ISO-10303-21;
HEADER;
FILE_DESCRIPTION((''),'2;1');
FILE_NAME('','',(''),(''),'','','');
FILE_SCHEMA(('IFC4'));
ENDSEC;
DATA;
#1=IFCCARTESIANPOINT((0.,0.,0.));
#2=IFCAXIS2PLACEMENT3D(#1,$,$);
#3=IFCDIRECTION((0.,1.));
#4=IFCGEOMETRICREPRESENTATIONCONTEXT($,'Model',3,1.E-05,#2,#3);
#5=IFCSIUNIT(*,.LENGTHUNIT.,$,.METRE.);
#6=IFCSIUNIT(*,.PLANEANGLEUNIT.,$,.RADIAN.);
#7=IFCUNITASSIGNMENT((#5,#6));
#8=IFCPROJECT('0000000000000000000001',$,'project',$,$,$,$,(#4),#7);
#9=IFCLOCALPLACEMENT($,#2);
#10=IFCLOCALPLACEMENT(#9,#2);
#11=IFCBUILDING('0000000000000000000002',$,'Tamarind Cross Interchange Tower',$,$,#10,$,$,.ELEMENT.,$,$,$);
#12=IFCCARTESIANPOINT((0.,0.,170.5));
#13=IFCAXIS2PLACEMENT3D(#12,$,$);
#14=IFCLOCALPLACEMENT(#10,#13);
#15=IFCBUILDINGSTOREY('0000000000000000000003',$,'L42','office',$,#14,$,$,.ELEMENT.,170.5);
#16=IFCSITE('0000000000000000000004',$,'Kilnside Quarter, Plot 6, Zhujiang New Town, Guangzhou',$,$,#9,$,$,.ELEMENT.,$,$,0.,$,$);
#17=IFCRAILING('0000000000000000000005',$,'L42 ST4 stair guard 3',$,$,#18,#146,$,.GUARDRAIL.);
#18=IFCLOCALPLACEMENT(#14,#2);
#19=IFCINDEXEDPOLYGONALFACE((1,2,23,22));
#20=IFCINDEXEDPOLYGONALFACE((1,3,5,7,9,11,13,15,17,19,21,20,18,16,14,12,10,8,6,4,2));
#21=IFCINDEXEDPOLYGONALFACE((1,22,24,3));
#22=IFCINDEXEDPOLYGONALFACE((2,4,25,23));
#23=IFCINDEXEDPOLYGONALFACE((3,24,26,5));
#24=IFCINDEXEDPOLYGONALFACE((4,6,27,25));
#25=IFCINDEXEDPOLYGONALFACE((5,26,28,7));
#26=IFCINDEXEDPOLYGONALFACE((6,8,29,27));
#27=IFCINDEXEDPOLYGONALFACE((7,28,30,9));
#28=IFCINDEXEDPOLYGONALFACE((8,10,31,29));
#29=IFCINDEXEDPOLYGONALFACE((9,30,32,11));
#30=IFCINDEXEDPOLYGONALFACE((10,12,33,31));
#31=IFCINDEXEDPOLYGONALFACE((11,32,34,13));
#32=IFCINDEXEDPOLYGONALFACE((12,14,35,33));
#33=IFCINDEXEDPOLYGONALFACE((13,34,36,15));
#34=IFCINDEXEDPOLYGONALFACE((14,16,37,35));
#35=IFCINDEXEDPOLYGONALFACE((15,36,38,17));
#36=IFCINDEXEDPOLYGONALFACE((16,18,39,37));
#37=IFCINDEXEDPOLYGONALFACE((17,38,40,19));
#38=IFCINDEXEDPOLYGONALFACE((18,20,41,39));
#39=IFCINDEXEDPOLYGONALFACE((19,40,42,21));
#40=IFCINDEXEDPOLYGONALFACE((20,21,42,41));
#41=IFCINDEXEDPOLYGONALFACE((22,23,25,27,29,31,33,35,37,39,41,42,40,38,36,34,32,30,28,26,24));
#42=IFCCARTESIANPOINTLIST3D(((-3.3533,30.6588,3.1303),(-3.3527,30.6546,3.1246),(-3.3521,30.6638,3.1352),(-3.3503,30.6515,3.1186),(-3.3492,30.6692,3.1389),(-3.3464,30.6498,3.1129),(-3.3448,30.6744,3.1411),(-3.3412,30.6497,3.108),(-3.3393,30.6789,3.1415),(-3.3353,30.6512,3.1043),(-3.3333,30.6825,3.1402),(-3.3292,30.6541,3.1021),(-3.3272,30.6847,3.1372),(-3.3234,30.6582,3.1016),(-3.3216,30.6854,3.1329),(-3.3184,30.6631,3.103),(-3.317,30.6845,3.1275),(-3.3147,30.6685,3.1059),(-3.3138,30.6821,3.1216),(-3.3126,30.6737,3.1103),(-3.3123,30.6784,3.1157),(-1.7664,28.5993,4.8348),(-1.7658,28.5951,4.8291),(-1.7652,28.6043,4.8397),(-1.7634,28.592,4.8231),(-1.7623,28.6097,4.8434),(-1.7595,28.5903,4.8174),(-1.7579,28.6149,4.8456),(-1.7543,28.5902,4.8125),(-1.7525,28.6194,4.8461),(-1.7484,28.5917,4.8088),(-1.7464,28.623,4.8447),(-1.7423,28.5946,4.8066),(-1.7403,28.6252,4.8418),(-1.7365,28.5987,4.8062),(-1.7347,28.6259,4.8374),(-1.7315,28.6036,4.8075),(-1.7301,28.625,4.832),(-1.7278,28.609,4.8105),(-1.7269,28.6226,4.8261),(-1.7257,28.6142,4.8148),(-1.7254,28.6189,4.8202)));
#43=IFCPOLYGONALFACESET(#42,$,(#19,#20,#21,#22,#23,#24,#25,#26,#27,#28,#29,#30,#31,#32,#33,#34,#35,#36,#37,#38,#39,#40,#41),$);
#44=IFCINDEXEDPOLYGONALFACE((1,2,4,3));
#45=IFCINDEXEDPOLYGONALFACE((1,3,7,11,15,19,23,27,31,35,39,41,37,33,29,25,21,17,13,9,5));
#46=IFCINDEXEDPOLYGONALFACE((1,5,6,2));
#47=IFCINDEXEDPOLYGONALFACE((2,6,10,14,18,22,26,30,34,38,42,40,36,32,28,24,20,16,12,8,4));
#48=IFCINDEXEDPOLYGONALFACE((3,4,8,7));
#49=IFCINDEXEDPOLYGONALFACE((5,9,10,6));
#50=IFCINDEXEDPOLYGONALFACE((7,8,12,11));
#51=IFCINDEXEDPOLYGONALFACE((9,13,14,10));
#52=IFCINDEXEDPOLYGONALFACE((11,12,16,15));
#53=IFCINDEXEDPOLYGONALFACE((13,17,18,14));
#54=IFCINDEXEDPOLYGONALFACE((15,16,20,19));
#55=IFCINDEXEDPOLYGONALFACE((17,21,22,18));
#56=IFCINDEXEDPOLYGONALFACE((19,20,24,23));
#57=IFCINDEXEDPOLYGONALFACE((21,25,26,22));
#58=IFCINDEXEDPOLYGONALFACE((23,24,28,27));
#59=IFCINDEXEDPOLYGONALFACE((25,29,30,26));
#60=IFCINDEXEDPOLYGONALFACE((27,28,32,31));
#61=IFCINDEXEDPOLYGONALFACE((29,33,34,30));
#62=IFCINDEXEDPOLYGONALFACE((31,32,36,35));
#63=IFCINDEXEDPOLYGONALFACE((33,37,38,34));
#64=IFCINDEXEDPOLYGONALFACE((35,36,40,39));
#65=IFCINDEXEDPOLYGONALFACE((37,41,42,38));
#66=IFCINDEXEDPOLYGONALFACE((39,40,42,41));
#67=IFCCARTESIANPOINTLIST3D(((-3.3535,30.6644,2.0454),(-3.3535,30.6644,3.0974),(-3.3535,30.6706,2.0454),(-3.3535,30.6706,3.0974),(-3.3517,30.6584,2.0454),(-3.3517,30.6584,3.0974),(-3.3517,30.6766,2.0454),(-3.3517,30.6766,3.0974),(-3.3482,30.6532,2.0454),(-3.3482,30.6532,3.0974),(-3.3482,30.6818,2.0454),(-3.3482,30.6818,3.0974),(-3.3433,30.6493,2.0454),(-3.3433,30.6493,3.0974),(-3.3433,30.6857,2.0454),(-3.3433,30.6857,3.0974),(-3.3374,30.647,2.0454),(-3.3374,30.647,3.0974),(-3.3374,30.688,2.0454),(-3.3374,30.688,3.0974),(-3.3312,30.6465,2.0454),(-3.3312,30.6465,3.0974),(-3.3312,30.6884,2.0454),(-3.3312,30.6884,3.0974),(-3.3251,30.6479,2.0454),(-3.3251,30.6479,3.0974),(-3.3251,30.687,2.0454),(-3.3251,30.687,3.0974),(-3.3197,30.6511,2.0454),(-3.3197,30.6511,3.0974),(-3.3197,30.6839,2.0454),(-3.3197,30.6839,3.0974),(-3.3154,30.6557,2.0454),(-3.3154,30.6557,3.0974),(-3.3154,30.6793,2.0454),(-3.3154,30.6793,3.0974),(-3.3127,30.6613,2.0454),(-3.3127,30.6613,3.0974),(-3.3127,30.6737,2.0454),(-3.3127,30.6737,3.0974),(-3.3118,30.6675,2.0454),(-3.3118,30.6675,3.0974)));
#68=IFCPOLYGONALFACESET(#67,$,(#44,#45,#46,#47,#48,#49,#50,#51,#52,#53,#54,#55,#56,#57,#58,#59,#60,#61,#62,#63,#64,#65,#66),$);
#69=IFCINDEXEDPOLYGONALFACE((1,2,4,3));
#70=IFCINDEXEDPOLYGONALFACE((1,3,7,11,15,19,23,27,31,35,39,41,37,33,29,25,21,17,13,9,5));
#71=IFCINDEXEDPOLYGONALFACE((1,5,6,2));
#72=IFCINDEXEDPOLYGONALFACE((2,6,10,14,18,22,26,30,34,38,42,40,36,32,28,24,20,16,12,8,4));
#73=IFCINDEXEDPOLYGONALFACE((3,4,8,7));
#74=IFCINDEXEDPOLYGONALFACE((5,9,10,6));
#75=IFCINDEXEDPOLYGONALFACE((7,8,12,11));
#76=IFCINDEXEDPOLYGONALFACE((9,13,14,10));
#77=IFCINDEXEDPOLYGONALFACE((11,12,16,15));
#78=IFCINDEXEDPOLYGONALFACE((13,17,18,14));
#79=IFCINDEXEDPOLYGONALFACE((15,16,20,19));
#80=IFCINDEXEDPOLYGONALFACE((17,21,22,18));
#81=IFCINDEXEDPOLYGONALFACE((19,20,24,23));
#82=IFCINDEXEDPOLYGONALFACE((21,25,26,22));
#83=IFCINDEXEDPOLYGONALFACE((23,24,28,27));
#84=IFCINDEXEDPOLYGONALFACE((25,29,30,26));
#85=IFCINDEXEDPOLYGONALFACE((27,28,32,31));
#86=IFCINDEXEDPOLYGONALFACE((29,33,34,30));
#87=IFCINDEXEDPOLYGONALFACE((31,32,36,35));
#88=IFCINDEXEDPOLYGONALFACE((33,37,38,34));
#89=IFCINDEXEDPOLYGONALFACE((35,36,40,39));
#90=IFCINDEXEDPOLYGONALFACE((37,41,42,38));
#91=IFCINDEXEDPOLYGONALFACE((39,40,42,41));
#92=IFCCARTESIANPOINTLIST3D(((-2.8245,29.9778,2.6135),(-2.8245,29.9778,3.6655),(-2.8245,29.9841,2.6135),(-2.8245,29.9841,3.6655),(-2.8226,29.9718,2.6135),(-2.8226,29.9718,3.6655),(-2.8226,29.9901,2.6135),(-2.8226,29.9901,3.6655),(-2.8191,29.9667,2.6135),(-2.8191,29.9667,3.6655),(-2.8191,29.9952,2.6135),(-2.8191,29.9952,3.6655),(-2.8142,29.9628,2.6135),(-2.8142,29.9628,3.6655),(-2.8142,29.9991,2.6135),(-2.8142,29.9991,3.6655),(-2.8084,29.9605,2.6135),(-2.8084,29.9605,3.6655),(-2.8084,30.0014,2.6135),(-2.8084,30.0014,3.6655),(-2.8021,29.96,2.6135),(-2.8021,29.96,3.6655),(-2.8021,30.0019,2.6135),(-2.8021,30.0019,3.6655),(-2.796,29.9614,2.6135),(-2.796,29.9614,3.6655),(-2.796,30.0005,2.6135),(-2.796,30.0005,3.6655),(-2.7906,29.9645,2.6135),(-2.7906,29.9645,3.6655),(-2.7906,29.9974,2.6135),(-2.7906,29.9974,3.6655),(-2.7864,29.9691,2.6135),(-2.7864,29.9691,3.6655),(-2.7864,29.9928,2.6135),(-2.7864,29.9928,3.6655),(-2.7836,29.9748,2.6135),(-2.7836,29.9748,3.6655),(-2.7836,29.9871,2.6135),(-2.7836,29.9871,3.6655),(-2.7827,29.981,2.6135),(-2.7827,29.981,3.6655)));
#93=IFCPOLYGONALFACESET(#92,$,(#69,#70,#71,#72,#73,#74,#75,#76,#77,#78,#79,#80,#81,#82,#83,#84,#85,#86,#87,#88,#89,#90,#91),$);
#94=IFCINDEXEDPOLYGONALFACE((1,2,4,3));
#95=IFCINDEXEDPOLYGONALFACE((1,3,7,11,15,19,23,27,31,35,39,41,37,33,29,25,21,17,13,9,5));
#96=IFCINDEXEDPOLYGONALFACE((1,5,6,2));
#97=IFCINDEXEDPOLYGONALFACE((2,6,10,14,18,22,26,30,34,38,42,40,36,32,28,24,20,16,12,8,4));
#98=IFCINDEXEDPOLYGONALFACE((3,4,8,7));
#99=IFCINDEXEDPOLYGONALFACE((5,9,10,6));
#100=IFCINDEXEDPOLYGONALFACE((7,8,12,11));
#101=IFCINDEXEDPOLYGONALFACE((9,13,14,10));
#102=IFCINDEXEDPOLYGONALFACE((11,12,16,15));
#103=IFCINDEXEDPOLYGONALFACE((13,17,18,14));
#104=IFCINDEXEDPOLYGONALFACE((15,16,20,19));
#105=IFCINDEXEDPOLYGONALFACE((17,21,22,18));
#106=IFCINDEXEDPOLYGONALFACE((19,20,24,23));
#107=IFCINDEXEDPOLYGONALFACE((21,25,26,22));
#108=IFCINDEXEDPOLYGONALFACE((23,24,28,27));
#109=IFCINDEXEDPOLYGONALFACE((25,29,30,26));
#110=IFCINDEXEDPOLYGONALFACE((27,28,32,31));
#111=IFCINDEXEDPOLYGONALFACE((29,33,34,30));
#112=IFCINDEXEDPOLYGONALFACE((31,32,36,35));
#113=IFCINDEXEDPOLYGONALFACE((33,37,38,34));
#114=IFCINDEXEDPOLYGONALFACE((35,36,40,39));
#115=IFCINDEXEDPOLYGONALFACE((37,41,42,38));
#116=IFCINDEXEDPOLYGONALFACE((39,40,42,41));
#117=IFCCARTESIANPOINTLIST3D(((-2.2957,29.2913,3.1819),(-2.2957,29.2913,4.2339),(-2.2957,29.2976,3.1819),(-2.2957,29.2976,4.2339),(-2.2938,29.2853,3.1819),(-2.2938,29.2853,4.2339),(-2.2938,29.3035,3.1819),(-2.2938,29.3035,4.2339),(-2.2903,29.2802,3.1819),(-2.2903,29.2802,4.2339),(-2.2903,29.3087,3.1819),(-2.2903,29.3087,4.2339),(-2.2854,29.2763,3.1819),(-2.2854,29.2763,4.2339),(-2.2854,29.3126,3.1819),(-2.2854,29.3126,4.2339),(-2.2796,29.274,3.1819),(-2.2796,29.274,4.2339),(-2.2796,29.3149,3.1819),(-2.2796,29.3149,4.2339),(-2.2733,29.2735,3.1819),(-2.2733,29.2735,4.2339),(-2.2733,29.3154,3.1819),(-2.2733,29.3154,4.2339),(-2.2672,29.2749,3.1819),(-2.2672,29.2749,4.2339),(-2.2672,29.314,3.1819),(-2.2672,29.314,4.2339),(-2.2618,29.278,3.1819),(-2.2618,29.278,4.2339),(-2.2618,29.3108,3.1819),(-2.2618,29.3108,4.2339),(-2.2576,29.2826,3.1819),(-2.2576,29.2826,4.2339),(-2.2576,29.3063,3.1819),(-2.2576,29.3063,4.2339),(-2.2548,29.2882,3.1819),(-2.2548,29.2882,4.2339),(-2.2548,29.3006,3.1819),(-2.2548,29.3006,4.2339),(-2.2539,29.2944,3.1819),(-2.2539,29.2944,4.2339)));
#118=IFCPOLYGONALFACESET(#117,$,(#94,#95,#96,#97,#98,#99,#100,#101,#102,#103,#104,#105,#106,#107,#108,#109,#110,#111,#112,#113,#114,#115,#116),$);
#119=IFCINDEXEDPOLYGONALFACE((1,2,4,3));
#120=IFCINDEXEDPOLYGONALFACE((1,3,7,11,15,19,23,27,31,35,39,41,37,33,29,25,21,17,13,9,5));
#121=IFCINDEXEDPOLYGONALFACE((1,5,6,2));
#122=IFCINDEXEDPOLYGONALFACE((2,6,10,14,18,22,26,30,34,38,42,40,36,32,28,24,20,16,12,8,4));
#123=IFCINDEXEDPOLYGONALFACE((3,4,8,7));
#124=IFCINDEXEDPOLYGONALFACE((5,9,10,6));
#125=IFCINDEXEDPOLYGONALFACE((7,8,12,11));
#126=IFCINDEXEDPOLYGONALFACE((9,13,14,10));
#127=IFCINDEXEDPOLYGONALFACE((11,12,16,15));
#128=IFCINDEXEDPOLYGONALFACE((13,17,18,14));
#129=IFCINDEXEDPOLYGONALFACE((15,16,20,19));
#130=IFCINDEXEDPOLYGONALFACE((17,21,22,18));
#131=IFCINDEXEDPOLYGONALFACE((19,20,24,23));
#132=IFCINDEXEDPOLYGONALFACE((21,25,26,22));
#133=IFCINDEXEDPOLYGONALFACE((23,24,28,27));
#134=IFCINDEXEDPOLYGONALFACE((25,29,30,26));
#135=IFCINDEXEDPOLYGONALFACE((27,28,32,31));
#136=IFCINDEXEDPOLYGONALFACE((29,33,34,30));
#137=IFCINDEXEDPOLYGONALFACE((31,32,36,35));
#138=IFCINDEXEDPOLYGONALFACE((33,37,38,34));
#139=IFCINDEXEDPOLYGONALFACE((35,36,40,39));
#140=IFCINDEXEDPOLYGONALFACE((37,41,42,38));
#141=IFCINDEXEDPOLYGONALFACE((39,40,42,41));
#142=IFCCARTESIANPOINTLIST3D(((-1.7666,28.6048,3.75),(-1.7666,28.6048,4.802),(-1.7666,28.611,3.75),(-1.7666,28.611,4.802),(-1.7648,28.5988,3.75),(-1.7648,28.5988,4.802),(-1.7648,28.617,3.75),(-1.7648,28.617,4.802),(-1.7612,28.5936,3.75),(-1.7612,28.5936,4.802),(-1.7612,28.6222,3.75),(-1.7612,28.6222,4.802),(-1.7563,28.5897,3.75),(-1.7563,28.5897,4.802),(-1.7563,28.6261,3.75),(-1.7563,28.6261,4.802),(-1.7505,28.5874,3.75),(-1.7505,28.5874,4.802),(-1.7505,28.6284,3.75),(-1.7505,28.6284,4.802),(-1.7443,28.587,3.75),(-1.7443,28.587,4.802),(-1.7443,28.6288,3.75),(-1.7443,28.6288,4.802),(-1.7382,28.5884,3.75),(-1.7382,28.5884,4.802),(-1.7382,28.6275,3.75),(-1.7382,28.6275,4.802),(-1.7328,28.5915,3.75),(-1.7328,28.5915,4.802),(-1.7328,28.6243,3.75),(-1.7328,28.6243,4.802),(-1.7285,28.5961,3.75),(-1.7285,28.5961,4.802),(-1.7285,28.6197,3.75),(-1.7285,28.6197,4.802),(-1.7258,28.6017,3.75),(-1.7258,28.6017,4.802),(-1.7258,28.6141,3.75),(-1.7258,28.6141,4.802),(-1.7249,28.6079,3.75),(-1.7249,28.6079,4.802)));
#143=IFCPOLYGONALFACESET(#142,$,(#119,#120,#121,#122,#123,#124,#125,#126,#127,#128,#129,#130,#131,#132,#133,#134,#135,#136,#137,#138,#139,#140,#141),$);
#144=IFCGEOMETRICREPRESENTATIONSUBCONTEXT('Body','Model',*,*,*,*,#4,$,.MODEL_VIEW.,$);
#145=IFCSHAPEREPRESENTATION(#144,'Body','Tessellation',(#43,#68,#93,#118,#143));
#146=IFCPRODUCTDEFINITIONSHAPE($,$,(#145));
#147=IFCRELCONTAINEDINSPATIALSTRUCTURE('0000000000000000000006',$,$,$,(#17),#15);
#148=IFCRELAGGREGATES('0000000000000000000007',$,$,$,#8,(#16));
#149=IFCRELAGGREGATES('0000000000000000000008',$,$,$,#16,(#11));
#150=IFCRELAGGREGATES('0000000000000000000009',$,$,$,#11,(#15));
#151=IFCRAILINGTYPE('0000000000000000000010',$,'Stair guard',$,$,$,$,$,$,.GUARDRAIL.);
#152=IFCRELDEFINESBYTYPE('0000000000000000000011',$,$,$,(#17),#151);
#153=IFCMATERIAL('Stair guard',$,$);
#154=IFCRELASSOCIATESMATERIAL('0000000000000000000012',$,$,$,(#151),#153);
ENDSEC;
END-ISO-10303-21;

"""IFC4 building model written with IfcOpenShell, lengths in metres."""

from ifc_helpers import new_model, si_unit, direction, frame, origin, origin_2d, place, context, subcontext, project, spatial, circle, extrude, material, type_object, element, save


model = new_model("IFC4")

# Units and contexts
model_context = context("Model", 3, precision=1e-05, world=origin(), true_north=direction((0.0, 1.0)))
body_context = subcontext(model_context, "Body", "Model", "MODEL_VIEW")
ifc_project = project(units=[si_unit("LENGTHUNIT", "METRE"), si_unit("PLANEANGLEUNIT", "RADIAN")], contexts=[model_context])

# Site, building, storey
site_placement = place(None, origin())
site = spatial("IfcSite", under=ifc_project, at=site_placement, Name="Kilnside Quarter, Plot 6, Zhujiang New Town, Guangzhou", CompositionType="ELEMENT", RefElevation=0.0)
building_placement = place(site_placement, origin())
building = spatial("IfcBuilding", under=site, at=building_placement, Name="Tamarind Cross Interchange Tower", CompositionType="ELEMENT")
storey_placement = place(building_placement, frame((0.0, 0.0, 170.5)))
storey = spatial("IfcBuildingStorey", under=building, at=storey_placement, Name="L42", Description="office", CompositionType="ELEMENT", Elevation=170.5)

# Railing
ifc_material_1 = material(Name="Stair guard")
railing_type_1 = type_object("IfcRailingType", Name="Stair guard", PredefinedType="GUARDRAIL", material=ifc_material_1)
railing_1_placement = place(storey_placement, frame((-3.3328, 30.6675, 2.0454)))
element("IfcRailing", 1, at=railing_1_placement, inside=storey, type_object=railing_type_1, Name="L42 ST4 stair guard 3", PredefinedType="GUARDRAIL", context=body_context, shape_type="SweptSolid", body=[
    extrude(circle(Radius=0.0239, at=origin_2d()), frame((0.0, 0.0, 1.0762), z_axis=(0.510429, -0.662459, 0.54828), x_axis=(0.792135, 0.610346, 0.0)), (0.0, 0.0, 1.0), 3.1089),
    extrude(circle(Radius=0.021, at=origin_2d()), origin(), (0.0, 0.0, 1.0), 1.052),
    extrude(circle(Radius=0.021, at=origin_2d()), frame((0.5291, -0.6865, 0.5681)), (0.0, 0.0, 1.0), 1.052),
    extrude(circle(Radius=0.021, at=origin_2d()), frame((1.0579, -1.373, 1.1365)), (0.0, 0.0, 1.0), 1.052),
    extrude(circle(Radius=0.021, at=origin_2d()), frame((1.5869, -2.0596, 1.7046)), (0.0, 0.0, 1.0), 1.052),
])

save(model, "model.ifc")
